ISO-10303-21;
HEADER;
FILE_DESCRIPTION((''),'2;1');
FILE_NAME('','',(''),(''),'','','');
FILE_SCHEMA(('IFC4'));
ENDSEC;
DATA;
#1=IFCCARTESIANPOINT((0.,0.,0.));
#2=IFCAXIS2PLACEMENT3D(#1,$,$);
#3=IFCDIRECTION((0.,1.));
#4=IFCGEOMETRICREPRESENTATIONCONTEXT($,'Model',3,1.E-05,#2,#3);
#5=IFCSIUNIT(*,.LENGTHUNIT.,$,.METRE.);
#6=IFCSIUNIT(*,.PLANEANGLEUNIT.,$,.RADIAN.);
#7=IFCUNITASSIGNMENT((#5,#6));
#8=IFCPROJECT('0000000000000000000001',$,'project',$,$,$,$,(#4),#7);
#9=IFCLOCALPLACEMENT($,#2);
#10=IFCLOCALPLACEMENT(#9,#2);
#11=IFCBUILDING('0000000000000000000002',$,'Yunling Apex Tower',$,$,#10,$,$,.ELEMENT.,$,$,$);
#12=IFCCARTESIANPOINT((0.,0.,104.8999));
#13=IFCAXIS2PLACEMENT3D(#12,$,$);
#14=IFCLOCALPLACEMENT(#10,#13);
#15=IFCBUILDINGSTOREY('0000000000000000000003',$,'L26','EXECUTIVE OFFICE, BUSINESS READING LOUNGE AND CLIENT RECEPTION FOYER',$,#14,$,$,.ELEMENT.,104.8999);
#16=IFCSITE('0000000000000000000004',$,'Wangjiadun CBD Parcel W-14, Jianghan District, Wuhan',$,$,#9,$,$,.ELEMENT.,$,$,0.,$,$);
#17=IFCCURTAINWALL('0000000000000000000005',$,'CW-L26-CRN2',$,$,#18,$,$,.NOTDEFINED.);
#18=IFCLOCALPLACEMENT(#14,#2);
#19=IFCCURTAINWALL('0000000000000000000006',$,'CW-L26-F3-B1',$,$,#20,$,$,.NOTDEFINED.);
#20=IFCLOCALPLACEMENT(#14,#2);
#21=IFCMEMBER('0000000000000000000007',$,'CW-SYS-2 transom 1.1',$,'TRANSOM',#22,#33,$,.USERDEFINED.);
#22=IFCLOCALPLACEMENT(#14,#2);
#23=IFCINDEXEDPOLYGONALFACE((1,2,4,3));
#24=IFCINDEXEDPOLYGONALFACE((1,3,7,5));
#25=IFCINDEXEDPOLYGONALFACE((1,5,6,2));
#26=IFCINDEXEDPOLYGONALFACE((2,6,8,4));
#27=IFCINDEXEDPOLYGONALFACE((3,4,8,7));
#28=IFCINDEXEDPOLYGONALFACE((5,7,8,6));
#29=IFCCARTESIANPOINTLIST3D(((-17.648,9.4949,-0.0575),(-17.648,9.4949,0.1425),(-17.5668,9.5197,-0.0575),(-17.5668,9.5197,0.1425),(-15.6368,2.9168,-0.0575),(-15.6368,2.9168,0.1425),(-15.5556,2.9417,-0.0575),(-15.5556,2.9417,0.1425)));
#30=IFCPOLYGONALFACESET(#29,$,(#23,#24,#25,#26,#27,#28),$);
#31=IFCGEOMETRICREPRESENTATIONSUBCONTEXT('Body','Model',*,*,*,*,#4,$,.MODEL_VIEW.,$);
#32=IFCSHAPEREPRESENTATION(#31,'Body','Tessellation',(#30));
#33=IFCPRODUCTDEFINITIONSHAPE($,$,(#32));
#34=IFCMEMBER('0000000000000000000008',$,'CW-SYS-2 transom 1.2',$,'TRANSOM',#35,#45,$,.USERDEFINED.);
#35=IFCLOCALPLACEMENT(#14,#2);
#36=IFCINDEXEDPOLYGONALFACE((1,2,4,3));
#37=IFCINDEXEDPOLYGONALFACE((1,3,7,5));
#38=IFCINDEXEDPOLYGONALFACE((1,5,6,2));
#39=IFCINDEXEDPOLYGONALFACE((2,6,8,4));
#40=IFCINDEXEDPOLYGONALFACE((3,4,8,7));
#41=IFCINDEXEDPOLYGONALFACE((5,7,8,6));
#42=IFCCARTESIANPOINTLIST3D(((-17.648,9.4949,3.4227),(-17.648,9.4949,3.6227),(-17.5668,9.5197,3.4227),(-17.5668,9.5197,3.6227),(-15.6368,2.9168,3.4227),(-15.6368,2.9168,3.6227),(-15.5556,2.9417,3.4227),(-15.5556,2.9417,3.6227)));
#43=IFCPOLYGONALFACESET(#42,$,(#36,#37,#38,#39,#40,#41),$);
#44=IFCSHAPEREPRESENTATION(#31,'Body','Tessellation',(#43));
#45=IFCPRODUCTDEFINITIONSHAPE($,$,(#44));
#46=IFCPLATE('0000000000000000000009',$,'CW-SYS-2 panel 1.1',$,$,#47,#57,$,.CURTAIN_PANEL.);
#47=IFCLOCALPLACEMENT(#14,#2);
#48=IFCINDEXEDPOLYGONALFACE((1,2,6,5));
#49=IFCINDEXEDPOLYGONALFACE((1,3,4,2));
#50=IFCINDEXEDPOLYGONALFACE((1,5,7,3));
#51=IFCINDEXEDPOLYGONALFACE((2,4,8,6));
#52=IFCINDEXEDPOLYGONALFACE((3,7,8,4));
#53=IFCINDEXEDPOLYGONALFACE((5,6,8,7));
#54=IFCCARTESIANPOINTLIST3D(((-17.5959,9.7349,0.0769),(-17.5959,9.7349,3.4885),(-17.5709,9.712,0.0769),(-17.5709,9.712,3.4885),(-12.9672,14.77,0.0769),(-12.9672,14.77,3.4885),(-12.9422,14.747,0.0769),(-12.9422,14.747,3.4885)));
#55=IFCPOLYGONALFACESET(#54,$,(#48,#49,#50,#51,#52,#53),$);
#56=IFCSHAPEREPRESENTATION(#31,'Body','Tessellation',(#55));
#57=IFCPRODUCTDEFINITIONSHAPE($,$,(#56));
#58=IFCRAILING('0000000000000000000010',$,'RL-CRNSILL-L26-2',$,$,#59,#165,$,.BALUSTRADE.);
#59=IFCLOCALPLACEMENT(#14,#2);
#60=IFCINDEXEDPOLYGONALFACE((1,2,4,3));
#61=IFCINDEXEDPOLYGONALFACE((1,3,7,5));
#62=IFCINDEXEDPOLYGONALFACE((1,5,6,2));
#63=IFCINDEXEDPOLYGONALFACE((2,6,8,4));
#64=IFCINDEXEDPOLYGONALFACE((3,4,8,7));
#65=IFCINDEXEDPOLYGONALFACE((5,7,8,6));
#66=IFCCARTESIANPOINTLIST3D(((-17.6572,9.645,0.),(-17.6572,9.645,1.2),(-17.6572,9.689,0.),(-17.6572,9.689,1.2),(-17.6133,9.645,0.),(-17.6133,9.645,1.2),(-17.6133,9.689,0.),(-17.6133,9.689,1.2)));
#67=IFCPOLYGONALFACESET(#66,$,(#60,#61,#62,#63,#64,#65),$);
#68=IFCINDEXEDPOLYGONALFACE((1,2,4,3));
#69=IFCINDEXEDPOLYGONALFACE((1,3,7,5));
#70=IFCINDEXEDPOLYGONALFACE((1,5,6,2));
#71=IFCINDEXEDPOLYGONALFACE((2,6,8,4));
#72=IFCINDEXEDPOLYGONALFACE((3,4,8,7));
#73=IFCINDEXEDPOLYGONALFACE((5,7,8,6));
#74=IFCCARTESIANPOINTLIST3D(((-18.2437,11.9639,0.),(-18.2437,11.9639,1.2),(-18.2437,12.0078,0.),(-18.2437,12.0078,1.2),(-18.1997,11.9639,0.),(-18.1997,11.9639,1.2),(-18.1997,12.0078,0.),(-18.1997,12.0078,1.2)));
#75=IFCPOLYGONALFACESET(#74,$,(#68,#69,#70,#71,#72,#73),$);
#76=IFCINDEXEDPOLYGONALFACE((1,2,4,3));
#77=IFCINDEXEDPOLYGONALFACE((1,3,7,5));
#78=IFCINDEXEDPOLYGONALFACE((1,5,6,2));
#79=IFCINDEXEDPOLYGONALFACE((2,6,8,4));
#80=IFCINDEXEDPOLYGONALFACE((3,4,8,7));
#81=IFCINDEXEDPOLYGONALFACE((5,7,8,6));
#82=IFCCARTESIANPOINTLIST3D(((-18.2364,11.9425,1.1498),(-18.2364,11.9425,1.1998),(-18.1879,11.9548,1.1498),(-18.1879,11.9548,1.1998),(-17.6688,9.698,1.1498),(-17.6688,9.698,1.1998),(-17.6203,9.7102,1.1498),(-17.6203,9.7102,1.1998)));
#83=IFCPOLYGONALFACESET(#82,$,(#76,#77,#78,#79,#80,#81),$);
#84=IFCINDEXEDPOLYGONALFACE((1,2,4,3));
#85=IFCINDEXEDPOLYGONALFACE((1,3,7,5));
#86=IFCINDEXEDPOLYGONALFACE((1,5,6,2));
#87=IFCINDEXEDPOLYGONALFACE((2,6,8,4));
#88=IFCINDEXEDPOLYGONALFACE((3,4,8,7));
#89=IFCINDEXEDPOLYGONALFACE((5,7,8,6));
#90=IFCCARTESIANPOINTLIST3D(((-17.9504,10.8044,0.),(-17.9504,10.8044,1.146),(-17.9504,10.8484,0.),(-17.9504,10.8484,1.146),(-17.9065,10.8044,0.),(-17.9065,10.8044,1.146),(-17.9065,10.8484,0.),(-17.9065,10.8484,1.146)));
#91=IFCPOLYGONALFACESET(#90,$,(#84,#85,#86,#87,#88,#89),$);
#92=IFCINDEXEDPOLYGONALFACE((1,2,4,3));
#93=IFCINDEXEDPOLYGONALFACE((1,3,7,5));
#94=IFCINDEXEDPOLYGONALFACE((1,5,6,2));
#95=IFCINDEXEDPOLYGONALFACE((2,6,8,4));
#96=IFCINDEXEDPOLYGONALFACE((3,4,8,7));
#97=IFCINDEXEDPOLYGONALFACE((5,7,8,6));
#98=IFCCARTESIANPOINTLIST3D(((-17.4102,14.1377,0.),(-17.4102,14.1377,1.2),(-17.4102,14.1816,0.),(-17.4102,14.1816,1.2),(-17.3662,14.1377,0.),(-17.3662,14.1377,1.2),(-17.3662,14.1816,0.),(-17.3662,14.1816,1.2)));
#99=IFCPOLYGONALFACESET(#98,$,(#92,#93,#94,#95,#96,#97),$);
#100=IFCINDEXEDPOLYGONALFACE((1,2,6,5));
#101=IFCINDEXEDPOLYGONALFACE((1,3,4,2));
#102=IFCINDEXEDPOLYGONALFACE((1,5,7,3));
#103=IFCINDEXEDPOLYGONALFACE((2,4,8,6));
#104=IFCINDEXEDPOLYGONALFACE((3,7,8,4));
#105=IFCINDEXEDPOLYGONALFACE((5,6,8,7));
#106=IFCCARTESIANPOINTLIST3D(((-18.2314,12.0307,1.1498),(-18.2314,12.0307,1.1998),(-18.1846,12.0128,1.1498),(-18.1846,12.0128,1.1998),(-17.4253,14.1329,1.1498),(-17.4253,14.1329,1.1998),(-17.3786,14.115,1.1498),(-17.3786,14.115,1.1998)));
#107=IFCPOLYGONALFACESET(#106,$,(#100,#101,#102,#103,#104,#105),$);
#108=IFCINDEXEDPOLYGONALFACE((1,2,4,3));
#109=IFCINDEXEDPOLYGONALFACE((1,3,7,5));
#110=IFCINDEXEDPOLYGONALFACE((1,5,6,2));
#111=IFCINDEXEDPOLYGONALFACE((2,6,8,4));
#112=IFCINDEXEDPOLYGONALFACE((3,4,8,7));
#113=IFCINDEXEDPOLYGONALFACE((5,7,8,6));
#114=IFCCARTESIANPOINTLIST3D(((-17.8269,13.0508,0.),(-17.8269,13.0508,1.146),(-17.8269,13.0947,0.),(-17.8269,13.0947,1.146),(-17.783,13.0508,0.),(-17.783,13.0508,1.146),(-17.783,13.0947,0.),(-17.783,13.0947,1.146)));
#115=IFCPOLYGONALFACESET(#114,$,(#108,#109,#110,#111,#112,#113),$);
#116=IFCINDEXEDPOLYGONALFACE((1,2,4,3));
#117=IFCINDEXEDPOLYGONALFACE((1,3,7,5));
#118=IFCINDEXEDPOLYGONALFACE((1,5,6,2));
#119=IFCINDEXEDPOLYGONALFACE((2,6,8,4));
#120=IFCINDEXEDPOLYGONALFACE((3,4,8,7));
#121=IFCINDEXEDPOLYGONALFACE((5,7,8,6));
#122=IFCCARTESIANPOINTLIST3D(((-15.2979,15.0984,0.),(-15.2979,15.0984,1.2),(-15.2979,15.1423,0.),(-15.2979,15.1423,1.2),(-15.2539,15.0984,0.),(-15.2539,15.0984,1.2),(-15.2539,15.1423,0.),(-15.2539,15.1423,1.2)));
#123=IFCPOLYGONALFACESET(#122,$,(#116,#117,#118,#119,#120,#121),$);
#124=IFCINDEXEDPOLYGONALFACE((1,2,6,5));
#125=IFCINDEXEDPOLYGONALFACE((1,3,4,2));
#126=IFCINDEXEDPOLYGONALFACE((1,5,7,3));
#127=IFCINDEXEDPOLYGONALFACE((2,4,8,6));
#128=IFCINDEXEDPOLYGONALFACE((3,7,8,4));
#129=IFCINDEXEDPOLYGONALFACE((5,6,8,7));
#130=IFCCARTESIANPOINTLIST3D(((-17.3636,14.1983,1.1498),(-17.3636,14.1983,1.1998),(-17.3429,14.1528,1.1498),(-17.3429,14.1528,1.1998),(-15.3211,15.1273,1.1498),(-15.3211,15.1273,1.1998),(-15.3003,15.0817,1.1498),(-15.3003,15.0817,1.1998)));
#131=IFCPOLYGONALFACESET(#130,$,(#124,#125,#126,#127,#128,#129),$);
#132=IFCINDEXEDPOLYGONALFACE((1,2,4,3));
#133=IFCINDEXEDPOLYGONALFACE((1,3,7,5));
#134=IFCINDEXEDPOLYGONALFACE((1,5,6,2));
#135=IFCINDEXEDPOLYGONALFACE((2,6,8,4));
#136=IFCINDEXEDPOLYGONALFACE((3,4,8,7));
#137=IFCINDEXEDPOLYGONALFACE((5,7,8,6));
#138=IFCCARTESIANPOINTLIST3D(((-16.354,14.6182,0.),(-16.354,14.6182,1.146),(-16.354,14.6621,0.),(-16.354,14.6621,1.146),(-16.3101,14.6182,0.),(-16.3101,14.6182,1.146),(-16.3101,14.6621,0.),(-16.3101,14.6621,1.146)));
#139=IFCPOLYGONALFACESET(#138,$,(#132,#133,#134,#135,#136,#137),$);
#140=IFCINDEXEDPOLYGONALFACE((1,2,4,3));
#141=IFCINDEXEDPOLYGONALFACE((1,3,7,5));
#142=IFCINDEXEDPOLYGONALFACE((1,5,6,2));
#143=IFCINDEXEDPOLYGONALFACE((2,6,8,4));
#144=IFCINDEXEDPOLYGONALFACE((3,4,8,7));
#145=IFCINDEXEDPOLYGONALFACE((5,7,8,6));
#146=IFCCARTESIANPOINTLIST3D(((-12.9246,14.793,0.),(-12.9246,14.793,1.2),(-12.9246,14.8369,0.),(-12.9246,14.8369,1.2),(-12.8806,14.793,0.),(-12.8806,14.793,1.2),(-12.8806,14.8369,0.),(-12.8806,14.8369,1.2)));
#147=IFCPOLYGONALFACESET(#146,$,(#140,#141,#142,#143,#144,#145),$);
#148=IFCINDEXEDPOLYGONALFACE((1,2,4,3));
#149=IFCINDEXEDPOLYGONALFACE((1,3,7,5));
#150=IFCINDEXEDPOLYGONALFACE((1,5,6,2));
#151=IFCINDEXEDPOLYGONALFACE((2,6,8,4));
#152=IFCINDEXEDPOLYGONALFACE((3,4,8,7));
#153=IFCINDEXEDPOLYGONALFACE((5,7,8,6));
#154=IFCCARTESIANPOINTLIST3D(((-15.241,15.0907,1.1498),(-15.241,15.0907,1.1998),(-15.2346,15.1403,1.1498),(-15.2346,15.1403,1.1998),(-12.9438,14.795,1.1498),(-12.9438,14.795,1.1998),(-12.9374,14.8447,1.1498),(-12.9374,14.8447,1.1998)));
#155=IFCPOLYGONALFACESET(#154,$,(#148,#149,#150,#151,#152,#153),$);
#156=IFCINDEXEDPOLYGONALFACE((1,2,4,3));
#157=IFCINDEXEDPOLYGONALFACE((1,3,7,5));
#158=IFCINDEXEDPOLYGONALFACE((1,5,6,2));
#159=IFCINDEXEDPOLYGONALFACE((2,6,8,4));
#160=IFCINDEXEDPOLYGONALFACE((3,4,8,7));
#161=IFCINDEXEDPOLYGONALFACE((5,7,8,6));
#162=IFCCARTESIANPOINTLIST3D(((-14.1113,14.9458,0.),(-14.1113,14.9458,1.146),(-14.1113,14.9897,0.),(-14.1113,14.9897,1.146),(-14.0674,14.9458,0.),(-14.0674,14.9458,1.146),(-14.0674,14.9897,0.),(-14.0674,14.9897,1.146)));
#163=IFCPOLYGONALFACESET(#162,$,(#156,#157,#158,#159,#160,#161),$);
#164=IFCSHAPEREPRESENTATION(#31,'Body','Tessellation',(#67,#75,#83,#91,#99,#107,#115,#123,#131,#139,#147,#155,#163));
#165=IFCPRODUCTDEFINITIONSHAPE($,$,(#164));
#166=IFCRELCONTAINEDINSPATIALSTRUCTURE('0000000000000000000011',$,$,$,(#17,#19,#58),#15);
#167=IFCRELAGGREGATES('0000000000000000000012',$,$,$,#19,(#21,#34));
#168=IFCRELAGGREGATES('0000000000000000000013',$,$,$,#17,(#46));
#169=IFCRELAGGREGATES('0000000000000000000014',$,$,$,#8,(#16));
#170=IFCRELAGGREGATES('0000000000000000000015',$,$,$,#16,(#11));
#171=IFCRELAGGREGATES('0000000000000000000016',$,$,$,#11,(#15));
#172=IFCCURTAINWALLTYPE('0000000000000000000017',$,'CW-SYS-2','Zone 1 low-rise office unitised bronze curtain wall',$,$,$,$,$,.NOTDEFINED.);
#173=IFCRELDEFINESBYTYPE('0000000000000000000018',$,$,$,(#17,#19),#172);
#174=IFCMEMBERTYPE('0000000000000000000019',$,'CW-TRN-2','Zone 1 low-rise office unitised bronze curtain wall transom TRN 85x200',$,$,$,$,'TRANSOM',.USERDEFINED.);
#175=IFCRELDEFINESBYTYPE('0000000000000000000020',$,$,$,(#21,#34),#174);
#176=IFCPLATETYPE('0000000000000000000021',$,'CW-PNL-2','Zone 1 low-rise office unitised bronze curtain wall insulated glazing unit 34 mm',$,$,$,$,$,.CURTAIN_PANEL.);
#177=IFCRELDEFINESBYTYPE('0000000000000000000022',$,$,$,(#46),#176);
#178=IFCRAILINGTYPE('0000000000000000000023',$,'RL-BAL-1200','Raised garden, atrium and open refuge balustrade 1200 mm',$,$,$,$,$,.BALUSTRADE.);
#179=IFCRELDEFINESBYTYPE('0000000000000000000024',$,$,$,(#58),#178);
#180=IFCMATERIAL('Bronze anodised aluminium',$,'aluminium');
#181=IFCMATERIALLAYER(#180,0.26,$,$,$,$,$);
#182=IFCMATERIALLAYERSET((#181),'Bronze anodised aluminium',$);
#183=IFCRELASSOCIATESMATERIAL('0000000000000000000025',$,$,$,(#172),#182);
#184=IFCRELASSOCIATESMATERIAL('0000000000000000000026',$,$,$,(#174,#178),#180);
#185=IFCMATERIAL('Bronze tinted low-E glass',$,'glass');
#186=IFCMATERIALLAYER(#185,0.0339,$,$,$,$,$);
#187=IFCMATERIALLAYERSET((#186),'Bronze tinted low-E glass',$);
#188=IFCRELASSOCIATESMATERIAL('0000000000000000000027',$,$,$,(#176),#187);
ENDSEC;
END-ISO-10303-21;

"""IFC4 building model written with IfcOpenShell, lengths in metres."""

from ifc_helpers import new_model, si_unit, direction, frame, origin, origin_2d, place, context, subcontext, project, spatial, rectangle, extrude, source, transform, mapped, material, layer, layer_set, material_profile, profile_set, type_object, element, aggregate, save


model = new_model("IFC4")

# Units and contexts
model_context = context("Model", 3, precision=1e-05, world=origin(), true_north=direction((0.0, 1.0)))
body_context = subcontext(model_context, "Body", "Model", "MODEL_VIEW")
ifc_project = project(units=[si_unit("LENGTHUNIT", "METRE"), si_unit("PLANEANGLEUNIT", "RADIAN")], contexts=[model_context])

# Site, building, storey
site_placement = place(None, origin())
site = spatial("IfcSite", under=ifc_project, at=site_placement, Name="Wangjiadun CBD Parcel W-14, Jianghan District, Wuhan", CompositionType="ELEMENT", RefElevation=0.0)
building_placement = place(site_placement, origin())
building = spatial("IfcBuilding", under=site, at=building_placement, Name="Yunling Apex Tower", CompositionType="ELEMENT")
storey_placement = place(building_placement, frame((0.0, 0.0, 104.8999)))
storey = spatial("IfcBuildingStorey", under=building, at=storey_placement, Name="L26", Description="EXECUTIVE OFFICE, BUSINESS READING LOUNGE AND CLIENT RECEPTION FOYER", CompositionType="ELEMENT", Elevation=104.8999)

# Shared definitions
ifc_material_1 = material(Name="Bronze anodised aluminium", Category="aluminium")
ifc_layer_1 = layer(ifc_material_1, 0.26)
ifc_layer_set_1 = layer_set([ifc_layer_1], Name="Bronze anodised aluminium")
curtain_wall_type = type_object("IfcCurtainWallType", Name="CW-SYS-2", Description="Zone 1 low-rise office unitised bronze curtain wall", PredefinedType="NOTDEFINED", material=ifc_layer_set_1)

# Curtain wall
curtain_wall_1_placement = place(storey_placement, origin())
curtain_wall_1 = element("IfcCurtainWall", 1, at=curtain_wall_1_placement, inside=storey, type_object=curtain_wall_type, Name="CW-L26-CRN2", PredefinedType="NOTDEFINED")

# Curtain wall
curtain_wall_2_placement = place(storey_placement, origin())
curtain_wall_2 = element("IfcCurtainWall", 2, at=curtain_wall_2_placement, inside=storey, type_object=curtain_wall_type, Name="CW-L26-F3-B1", PredefinedType="NOTDEFINED")

# Members
ifc_material_profile_1 = material_profile(ifc_material_1, rectangle(XDim=0.085, YDim=0.2, at=origin_2d()))
ifc_profile_set_1 = profile_set([ifc_material_profile_1], Name="Bronze anodised aluminium")
member_type_1 = type_object("IfcMemberType", Name="CW-TRN-2", Description="Zone 1 low-rise office unitised bronze curtain wall transom TRN 85x200", ElementType="TRANSOM", PredefinedType="USERDEFINED", material=ifc_profile_set_1)
shared_shape_1 = source(origin(), body_context, "Body", "SweptSolid", [
    extrude(rectangle(XDim=0.085, YDim=0.2, at=origin_2d()), origin(), (0.0, 0.0, 1.0), 6.8787),
])
member_1_placement = place(storey_placement, frame((-17.6074, 9.5073, 0.0425), z_axis=(0.292384, -0.956301, 0.0), x_axis=(0.956301, 0.292384, 0.0)))
member_1 = element("IfcMember", 3, at=member_1_placement, type_object=member_type_1, Name="CW-SYS-2 transom 1.1", ObjectType="TRANSOM", PredefinedType="USERDEFINED", context=body_context, shape_type="MappedRepresentation", body=[
    mapped(shared_shape_1, transform((0.0, 0.0, 0.0), scale=1.0)),
])
member_2_placement = place(storey_placement, frame((-17.6074, 9.5073, 3.5227), z_axis=(0.292384, -0.956301, 0.0), x_axis=(0.956301, 0.292384, 0.0)))
member_2 = element("IfcMember", 4, at=member_2_placement, type_object=member_type_1, Name="CW-SYS-2 transom 1.2", ObjectType="TRANSOM", PredefinedType="USERDEFINED", context=body_context, shape_type="MappedRepresentation", body=[
    mapped(shared_shape_1, transform((0.0, 0.0, 0.0), scale=1.0)),
])
aggregate(curtain_wall_2, [member_1, member_2])

# Plate
ifc_material_2 = material(Name="Bronze tinted low-E glass", Category="glass")
ifc_layer_2 = layer(ifc_material_2, 0.0339)
ifc_layer_set_2 = layer_set([ifc_layer_2], Name="Bronze tinted low-E glass")
plate_type = type_object("IfcPlateType", Name="CW-PNL-2", Description="Zone 1 low-rise office unitised bronze curtain wall insulated glazing unit 34 mm", PredefinedType="CURTAIN_PANEL", material=ifc_layer_set_2)
shared_shape_2 = source(origin(), body_context, "Body", "SweptSolid", [
    extrude(rectangle(XDim=6.8394, YDim=0.0339, at=origin_2d()), origin(), (0.0, 0.0, 1.0), 3.4116),
])
plate_placement = place(storey_placement, frame((-15.269, 12.241, 0.0769), z_axis=(0.0, 0.0, 1.0), x_axis=(-0.676781, -0.736185, 0.0)))
plate = element("IfcPlate", 5, at=plate_placement, type_object=plate_type, Name="CW-SYS-2 panel 1.1", PredefinedType="CURTAIN_PANEL", context=body_context, shape_type="MappedRepresentation", body=[
    mapped(shared_shape_2, transform((0.0, 0.0, 0.0), scale=1.0)),
])
aggregate(curtain_wall_1, [plate])

# Railing
railing_type = type_object("IfcRailingType", Name="RL-BAL-1200", Description="Raised garden, atrium and open refuge balustrade 1200 mm", PredefinedType="BALUSTRADE", material=ifc_material_1)
railing_placement = place(storey_placement, frame((-17.6353, 9.667, 0.0)))
element("IfcRailing", 6, at=railing_placement, inside=storey, type_object=railing_type, Name="RL-CRNSILL-L26-2", PredefinedType="BALUSTRADE", context=body_context, shape_type="SweptSolid", body=[
    extrude(rectangle(XDim=0.0439, YDim=0.0439, at=origin_2d()), origin(), (0.0, 0.0, 1.0), 1.2),
    extrude(rectangle(XDim=0.0439, YDim=0.0439, at=origin_2d()), frame((-0.5864, 2.3188, 0.0)), (0.0, 0.0, 1.0), 1.2),
    extrude(rectangle(XDim=0.05, YDim=0.05, at=origin_2d()), frame((-0.0093, 0.0371, 1.1748), z_axis=(-0.245177, 0.969478, 0.0), x_axis=(-0.969478, -0.245177, 0.0)), (0.0, 0.0, 1.0), 2.3152),
    extrude(rectangle(XDim=0.0439, YDim=0.0439, at=origin_2d()), frame((-0.2932, 1.1594, 0.0)), (0.0, 0.0, 1.0), 1.146),
    extrude(rectangle(XDim=0.0439, YDim=0.0439, at=origin_2d()), frame((0.2471, 4.4927, 0.0)), (0.0, 0.0, 1.0), 1.2),
    extrude(rectangle(XDim=0.05, YDim=0.05, at=origin_2d()), frame((-0.5728, 2.3547, 1.1748), z_axis=(0.358009, 0.933718, 0.0), x_axis=(-0.933718, 0.358009, 0.0)), (0.0, 0.0, 1.0), 2.2515),
    extrude(rectangle(XDim=0.0439, YDim=0.0439, at=origin_2d()), frame((-0.1697, 3.4058, 0.0)), (0.0, 0.0, 1.0), 1.146),
    extrude(rectangle(XDim=0.0439, YDim=0.0439, at=origin_2d()), frame((2.3594, 5.4534, 0.0)), (0.0, 0.0, 1.0), 1.2),
    extrude(rectangle(XDim=0.05, YDim=0.05, at=origin_2d()), frame((0.282, 4.5085, 1.1748), z_axis=(0.910276, 0.414001, 0.0), x_axis=(-0.414001, 0.910276, 0.0)), (0.0, 0.0, 1.0), 2.2439),
    extrude(rectangle(XDim=0.0439, YDim=0.0439, at=origin_2d()), frame((1.3032, 4.9731, 0.0)), (0.0, 0.0, 1.0), 1.146),
    extrude(rectangle(XDim=0.0439, YDim=0.0439, at=origin_2d()), frame((4.7327, 5.1479, 0.0)), (0.0, 0.0, 1.0), 1.2),
    extrude(rectangle(XDim=0.05, YDim=0.05, at=origin_2d()), frame((2.3975, 5.4485, 1.1748), z_axis=(0.991821, -0.127638, 0.0), x_axis=(0.127638, 0.991821, 0.0)), (0.0, 0.0, 1.0), 2.3162),
    extrude(rectangle(XDim=0.0439, YDim=0.0439, at=origin_2d()), frame((3.5459, 5.3008, 0.0)), (0.0, 0.0, 1.0), 1.146),
])

save(model, "model.ifc")
